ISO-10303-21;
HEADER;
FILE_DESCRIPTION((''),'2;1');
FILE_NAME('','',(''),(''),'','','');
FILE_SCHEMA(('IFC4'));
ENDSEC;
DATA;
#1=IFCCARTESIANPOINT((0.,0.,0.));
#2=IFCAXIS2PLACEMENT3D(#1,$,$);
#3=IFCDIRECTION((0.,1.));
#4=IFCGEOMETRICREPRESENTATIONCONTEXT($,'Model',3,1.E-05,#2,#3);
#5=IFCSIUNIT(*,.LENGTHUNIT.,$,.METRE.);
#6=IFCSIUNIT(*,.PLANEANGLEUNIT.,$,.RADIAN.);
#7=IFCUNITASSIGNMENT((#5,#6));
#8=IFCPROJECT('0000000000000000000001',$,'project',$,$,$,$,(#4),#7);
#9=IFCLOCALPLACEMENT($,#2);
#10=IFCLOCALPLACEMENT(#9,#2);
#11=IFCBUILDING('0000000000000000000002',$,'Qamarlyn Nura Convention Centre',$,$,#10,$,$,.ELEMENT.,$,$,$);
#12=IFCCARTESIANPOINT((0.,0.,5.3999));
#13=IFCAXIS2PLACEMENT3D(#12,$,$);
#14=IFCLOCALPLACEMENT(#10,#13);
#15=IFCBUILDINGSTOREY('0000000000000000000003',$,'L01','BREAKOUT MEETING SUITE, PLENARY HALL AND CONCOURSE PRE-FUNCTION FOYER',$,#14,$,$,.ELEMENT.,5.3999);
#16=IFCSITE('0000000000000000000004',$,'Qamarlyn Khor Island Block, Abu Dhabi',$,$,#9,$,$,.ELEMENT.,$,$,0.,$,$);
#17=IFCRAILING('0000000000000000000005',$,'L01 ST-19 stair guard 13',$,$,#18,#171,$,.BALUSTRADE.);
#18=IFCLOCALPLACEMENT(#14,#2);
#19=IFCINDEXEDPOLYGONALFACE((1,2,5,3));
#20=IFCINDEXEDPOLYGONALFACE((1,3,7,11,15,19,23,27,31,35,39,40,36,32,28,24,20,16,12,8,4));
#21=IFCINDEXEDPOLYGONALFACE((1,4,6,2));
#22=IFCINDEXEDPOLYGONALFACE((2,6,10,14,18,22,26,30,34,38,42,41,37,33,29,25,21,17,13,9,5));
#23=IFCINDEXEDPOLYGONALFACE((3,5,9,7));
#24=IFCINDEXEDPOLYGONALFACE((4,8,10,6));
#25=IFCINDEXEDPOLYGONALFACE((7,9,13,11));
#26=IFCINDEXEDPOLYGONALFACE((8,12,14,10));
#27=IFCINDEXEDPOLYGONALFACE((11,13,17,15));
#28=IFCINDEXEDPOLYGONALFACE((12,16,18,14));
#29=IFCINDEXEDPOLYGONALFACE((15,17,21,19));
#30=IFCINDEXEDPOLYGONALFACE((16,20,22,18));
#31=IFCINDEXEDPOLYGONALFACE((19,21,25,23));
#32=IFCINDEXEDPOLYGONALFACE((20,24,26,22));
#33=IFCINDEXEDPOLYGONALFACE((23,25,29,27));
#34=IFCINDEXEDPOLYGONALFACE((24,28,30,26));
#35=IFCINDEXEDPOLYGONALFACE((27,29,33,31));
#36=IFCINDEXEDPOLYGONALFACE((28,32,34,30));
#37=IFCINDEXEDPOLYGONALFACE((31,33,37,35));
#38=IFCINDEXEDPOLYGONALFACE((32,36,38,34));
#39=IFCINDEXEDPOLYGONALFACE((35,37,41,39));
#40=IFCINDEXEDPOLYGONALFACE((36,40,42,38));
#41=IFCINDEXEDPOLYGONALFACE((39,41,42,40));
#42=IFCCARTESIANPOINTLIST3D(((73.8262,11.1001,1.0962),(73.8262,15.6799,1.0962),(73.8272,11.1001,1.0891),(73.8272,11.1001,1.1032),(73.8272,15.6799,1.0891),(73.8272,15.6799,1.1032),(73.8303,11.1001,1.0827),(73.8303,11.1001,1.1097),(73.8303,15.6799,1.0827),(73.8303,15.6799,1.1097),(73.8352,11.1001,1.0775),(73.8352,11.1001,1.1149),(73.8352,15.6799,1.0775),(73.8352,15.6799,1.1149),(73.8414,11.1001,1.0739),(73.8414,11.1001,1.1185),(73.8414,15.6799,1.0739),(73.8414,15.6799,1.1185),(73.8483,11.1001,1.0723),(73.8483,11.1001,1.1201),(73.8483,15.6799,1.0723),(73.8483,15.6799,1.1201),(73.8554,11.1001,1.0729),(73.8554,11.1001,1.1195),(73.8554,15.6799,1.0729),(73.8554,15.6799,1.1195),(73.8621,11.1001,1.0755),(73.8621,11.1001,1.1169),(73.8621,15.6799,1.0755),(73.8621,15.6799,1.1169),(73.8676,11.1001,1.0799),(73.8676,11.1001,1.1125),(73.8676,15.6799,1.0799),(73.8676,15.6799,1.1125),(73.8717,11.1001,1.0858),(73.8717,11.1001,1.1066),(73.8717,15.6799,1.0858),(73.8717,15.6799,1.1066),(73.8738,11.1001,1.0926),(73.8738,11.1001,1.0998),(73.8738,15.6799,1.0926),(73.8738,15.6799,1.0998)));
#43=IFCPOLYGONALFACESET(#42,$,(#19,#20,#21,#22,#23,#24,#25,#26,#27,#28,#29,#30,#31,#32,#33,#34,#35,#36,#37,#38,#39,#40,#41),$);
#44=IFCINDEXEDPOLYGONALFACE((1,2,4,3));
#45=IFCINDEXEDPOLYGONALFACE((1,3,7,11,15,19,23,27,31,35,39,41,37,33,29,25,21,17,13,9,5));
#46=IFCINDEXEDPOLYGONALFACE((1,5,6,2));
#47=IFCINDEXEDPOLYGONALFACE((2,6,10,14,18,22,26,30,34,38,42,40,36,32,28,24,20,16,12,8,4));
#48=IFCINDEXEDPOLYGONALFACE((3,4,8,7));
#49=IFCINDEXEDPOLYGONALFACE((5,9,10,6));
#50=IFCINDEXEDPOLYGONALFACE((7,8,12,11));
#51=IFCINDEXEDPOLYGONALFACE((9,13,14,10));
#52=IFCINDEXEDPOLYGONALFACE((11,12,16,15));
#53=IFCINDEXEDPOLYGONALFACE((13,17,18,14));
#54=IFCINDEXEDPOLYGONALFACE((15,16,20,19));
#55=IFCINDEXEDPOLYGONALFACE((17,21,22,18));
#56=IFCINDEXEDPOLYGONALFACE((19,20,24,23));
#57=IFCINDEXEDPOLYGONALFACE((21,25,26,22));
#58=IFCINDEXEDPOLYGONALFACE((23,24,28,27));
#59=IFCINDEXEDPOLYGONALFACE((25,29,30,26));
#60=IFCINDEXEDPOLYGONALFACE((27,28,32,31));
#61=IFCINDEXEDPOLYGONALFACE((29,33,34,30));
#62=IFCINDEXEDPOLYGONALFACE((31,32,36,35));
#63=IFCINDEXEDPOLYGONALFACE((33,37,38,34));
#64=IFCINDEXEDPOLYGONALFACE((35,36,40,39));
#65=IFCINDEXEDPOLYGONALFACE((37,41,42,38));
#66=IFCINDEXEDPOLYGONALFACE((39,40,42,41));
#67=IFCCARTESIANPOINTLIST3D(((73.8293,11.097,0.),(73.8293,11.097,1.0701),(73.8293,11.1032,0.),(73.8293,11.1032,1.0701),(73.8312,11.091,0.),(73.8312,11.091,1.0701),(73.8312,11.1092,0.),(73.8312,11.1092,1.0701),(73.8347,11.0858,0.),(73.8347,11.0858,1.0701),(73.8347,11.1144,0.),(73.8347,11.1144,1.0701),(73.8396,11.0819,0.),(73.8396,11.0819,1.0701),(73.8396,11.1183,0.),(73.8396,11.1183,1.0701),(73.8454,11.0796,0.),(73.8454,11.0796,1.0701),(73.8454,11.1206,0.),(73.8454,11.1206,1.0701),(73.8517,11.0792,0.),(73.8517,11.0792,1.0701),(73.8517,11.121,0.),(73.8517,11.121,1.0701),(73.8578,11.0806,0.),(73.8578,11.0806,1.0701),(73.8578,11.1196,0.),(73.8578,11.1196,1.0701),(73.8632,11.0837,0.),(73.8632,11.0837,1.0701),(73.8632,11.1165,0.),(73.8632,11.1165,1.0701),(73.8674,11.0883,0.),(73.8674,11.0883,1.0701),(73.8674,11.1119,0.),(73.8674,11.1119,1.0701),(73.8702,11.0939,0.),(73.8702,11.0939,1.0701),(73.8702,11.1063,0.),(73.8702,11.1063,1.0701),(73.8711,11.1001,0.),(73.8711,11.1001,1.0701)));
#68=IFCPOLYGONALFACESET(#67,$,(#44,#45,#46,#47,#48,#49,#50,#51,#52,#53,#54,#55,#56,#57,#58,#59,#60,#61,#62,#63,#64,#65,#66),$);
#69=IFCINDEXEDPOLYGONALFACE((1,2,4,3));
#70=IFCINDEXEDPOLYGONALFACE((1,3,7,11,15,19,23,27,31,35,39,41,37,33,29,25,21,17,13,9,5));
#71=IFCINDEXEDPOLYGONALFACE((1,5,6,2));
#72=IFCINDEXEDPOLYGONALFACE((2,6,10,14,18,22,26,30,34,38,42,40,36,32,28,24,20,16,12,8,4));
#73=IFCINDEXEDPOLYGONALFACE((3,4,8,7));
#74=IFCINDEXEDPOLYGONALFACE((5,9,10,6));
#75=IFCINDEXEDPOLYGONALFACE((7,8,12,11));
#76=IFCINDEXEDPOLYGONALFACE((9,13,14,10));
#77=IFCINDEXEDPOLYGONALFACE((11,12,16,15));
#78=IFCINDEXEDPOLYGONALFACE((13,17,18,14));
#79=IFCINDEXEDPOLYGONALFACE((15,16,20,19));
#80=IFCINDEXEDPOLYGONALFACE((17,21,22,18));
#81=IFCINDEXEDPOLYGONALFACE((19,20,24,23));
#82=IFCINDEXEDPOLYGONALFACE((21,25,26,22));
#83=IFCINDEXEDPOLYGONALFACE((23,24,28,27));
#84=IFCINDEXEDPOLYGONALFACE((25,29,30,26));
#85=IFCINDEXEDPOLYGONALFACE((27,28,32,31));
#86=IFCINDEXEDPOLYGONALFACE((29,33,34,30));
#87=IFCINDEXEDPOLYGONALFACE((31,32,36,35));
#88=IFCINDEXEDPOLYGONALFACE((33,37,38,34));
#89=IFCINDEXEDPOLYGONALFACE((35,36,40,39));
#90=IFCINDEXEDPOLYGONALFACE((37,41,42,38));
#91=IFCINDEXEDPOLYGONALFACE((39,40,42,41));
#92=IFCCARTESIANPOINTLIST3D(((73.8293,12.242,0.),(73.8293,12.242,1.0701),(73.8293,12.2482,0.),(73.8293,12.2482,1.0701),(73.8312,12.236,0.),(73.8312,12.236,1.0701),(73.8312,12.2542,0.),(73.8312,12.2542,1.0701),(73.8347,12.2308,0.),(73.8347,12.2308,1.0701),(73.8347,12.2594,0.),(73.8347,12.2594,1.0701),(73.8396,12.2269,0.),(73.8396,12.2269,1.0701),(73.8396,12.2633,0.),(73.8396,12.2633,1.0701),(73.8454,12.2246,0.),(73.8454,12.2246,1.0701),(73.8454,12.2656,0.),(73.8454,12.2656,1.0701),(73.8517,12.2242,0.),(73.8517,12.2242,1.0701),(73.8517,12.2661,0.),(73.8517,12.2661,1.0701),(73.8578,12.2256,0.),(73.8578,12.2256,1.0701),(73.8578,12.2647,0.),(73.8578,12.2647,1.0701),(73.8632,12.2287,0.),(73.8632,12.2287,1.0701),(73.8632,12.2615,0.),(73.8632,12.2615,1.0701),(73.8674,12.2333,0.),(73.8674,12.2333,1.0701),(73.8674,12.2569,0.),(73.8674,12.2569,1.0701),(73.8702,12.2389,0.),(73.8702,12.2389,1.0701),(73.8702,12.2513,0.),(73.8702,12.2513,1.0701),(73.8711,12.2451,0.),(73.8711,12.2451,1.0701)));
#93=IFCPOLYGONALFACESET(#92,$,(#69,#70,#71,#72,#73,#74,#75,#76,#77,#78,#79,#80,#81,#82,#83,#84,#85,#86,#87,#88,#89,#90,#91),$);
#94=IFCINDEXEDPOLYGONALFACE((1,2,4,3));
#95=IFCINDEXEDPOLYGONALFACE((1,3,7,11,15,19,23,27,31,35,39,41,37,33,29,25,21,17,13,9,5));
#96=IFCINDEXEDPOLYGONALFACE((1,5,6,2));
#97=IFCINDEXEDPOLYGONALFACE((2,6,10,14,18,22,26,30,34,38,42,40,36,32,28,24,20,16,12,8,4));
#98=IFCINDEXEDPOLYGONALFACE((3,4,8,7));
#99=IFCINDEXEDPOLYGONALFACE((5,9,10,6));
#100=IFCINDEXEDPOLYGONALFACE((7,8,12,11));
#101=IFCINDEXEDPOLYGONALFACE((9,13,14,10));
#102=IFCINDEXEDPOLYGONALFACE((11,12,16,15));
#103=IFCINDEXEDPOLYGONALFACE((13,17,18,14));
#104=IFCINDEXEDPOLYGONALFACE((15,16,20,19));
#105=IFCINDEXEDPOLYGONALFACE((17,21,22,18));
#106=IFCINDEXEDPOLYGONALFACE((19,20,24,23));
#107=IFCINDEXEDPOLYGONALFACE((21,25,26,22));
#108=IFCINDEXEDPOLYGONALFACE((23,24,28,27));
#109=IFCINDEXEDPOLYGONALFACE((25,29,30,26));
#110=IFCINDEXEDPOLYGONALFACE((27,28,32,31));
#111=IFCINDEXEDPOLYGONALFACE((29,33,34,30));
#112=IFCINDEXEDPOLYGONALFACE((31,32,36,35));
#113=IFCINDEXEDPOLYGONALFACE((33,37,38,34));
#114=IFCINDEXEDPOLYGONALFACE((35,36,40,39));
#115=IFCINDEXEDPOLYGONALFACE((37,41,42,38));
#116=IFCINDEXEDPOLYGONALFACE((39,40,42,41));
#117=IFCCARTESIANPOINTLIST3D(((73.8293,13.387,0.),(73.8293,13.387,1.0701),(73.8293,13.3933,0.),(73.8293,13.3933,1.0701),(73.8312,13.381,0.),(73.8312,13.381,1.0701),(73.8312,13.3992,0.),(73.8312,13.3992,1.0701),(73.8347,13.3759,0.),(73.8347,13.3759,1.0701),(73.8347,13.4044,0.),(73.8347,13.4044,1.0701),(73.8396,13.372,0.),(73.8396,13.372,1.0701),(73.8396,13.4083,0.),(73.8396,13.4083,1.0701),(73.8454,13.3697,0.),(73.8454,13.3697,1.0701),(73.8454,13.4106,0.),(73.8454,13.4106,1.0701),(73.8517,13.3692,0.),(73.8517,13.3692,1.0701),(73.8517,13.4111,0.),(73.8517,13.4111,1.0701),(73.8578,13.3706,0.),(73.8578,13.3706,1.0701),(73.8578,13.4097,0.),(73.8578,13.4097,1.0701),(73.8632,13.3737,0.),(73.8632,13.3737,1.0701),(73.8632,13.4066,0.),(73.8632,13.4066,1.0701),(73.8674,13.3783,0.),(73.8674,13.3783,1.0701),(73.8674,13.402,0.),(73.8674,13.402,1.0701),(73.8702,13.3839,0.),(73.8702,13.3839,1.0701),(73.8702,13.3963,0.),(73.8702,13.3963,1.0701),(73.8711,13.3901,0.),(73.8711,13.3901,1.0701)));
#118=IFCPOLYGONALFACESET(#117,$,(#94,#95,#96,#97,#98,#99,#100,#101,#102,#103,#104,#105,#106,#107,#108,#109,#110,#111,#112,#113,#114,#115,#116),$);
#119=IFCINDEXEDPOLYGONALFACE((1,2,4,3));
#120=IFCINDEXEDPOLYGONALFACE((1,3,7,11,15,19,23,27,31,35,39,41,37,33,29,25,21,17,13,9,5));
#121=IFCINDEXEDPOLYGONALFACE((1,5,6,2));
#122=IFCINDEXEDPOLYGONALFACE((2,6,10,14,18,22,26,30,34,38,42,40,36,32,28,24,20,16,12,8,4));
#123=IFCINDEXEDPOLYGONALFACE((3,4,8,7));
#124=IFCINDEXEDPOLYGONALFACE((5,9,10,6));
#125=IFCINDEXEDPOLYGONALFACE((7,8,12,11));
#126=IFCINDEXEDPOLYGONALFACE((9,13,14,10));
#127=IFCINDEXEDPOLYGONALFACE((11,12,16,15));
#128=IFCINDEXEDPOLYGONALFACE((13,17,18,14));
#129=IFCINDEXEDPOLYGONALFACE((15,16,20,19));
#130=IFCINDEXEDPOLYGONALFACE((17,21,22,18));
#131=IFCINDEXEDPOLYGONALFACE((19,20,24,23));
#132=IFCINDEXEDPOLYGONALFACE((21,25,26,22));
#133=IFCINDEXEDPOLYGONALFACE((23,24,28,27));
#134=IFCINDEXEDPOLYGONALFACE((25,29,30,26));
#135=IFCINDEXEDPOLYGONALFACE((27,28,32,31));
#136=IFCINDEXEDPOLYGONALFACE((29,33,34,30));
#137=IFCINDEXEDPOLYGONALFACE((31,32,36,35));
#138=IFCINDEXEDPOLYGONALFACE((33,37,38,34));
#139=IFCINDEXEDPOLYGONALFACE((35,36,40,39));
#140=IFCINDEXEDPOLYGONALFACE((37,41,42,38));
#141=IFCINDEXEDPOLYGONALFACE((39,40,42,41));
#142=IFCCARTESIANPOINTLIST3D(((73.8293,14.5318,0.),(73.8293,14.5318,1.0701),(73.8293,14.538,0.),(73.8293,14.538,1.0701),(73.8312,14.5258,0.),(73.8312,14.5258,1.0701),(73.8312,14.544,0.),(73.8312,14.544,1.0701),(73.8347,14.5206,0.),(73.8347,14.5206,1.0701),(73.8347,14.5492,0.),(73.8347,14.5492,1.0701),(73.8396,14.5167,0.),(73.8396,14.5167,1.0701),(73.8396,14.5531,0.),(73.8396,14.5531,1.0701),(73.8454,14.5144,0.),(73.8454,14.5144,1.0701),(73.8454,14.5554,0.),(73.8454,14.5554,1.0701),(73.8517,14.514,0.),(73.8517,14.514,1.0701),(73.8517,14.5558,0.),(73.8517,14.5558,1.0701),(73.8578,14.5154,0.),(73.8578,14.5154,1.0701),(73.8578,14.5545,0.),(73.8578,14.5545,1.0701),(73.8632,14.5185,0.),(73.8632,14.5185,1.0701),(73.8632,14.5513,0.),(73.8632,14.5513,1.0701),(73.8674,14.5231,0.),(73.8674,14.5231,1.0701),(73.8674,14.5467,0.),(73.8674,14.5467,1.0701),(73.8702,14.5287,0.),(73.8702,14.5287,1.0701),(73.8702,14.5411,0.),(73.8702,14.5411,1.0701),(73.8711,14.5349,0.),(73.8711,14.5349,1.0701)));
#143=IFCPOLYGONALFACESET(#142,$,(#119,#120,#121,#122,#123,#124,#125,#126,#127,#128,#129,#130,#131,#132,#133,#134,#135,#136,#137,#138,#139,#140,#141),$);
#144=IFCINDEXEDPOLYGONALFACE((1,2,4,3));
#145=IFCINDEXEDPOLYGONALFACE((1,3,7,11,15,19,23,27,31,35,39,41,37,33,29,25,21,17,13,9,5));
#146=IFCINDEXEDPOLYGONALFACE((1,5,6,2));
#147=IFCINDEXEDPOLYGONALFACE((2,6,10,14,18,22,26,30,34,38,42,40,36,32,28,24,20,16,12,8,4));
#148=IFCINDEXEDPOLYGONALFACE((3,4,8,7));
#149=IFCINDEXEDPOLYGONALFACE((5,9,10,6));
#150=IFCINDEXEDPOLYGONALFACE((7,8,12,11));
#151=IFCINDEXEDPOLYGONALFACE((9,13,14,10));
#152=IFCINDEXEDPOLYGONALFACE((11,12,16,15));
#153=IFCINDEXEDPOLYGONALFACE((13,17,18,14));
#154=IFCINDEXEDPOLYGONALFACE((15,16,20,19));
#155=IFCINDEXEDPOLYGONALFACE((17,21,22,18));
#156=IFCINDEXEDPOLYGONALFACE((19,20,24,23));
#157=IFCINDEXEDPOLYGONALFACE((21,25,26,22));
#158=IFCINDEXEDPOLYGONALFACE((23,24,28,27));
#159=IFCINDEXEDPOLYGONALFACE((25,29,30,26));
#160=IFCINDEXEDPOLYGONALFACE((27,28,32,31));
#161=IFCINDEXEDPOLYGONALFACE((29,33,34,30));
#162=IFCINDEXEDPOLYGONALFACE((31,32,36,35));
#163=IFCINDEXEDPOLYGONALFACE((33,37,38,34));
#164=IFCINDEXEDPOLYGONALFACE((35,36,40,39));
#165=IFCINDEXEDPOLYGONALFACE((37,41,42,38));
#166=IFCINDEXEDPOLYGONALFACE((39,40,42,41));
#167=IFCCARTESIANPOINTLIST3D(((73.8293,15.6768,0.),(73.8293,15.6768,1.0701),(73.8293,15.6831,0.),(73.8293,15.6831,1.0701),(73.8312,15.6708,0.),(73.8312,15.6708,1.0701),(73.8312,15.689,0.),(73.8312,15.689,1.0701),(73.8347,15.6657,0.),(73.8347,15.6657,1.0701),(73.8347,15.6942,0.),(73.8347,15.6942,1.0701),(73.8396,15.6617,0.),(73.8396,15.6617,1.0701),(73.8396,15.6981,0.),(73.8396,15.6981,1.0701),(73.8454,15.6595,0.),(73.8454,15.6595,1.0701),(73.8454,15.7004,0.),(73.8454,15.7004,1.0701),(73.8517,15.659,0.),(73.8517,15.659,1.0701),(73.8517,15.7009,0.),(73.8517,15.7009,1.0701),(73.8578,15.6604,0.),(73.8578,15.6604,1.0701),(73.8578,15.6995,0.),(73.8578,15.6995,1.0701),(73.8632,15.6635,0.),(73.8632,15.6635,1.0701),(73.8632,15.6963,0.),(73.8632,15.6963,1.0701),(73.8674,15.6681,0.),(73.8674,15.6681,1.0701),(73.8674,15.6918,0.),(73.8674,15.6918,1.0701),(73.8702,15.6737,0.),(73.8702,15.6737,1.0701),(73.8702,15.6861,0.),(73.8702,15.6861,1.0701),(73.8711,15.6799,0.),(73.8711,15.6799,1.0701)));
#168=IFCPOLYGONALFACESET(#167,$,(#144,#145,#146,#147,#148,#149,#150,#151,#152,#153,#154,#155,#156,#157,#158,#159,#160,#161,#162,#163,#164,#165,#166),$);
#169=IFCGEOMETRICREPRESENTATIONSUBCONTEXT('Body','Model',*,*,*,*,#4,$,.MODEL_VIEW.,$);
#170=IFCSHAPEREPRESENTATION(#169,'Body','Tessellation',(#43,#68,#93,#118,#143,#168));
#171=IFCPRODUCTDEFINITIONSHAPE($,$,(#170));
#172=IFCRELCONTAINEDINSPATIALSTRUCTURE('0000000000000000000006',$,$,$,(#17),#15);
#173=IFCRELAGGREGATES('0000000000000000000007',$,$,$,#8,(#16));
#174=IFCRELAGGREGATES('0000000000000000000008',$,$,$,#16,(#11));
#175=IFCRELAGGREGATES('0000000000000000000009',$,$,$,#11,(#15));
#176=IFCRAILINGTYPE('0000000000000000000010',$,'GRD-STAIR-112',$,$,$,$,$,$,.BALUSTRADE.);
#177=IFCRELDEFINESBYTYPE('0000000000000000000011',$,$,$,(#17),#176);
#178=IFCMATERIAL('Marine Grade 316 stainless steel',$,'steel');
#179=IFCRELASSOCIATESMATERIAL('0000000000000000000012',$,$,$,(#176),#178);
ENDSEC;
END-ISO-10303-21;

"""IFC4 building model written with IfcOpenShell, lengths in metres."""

from ifc_helpers import new_model, si_unit, direction, frame, origin, origin_2d, place, context, subcontext, project, spatial, circle, extrude, material, type_object, element, save


model = new_model("IFC4")

# Units and contexts
model_context = context("Model", 3, precision=1e-05, world=origin(), true_north=direction((0.0, 1.0)))
body_context = subcontext(model_context, "Body", "Model", "MODEL_VIEW")
ifc_project = project(units=[si_unit("LENGTHUNIT", "METRE"), si_unit("PLANEANGLEUNIT", "RADIAN")], contexts=[model_context])

# Site, building, storey
site_placement = place(None, origin())
site = spatial("IfcSite", under=ifc_project, at=site_placement, Name="Qamarlyn Khor Island Block, Abu Dhabi", CompositionType="ELEMENT", RefElevation=0.0)
building_placement = place(site_placement, origin())
building = spatial("IfcBuilding", under=site, at=building_placement, Name="Qamarlyn Nura Convention Centre", CompositionType="ELEMENT")
storey_placement = place(building_placement, frame((0.0, 0.0, 5.3999)))
storey = spatial("IfcBuildingStorey", under=building, at=storey_placement, Name="L01", Description="BREAKOUT MEETING SUITE, PLENARY HALL AND CONCOURSE PRE-FUNCTION FOYER", CompositionType="ELEMENT", Elevation=5.3999)

# Railing
ifc_material_1 = material(Name="Marine Grade 316 stainless steel", Category="steel")
railing_type = type_object("IfcRailingType", Name="GRD-STAIR-112", PredefinedType="BALUSTRADE", material=ifc_material_1)
railing_1_placement = place(storey_placement, frame((73.8501, 11.1001, 0.0)))
element("IfcRailing", 1, at=railing_1_placement, inside=storey, type_object=railing_type, Name="L01 ST-19 stair guard 13", PredefinedType="BALUSTRADE", context=body_context, shape_type="SweptSolid", body=[
    extrude(circle(Radius=0.0239, at=origin_2d()), frame((0.0, 0.0, 1.0962), z_axis=(0.0, 1.0, 0.0), x_axis=(-1.0, 0.0, 0.0)), (0.0, 0.0, 1.0), 4.5798),
    extrude(circle(Radius=0.021, at=origin_2d()), origin(), (0.0, 0.0, 1.0), 1.0701),
    extrude(circle(Radius=0.021, at=origin_2d()), frame((0.0, 1.145, 0.0)), (0.0, 0.0, 1.0), 1.0701),
    extrude(circle(Radius=0.021, at=origin_2d()), frame((0.0, 2.29, 0.0)), (0.0, 0.0, 1.0), 1.0701),
    extrude(circle(Radius=0.021, at=origin_2d()), frame((0.0, 3.4348, 0.0)), (0.0, 0.0, 1.0), 1.0701),
    extrude(circle(Radius=0.021, at=origin_2d()), frame((0.0, 4.5798, 0.0)), (0.0, 0.0, 1.0), 1.0701),
])

save(model, "model.ifc")
